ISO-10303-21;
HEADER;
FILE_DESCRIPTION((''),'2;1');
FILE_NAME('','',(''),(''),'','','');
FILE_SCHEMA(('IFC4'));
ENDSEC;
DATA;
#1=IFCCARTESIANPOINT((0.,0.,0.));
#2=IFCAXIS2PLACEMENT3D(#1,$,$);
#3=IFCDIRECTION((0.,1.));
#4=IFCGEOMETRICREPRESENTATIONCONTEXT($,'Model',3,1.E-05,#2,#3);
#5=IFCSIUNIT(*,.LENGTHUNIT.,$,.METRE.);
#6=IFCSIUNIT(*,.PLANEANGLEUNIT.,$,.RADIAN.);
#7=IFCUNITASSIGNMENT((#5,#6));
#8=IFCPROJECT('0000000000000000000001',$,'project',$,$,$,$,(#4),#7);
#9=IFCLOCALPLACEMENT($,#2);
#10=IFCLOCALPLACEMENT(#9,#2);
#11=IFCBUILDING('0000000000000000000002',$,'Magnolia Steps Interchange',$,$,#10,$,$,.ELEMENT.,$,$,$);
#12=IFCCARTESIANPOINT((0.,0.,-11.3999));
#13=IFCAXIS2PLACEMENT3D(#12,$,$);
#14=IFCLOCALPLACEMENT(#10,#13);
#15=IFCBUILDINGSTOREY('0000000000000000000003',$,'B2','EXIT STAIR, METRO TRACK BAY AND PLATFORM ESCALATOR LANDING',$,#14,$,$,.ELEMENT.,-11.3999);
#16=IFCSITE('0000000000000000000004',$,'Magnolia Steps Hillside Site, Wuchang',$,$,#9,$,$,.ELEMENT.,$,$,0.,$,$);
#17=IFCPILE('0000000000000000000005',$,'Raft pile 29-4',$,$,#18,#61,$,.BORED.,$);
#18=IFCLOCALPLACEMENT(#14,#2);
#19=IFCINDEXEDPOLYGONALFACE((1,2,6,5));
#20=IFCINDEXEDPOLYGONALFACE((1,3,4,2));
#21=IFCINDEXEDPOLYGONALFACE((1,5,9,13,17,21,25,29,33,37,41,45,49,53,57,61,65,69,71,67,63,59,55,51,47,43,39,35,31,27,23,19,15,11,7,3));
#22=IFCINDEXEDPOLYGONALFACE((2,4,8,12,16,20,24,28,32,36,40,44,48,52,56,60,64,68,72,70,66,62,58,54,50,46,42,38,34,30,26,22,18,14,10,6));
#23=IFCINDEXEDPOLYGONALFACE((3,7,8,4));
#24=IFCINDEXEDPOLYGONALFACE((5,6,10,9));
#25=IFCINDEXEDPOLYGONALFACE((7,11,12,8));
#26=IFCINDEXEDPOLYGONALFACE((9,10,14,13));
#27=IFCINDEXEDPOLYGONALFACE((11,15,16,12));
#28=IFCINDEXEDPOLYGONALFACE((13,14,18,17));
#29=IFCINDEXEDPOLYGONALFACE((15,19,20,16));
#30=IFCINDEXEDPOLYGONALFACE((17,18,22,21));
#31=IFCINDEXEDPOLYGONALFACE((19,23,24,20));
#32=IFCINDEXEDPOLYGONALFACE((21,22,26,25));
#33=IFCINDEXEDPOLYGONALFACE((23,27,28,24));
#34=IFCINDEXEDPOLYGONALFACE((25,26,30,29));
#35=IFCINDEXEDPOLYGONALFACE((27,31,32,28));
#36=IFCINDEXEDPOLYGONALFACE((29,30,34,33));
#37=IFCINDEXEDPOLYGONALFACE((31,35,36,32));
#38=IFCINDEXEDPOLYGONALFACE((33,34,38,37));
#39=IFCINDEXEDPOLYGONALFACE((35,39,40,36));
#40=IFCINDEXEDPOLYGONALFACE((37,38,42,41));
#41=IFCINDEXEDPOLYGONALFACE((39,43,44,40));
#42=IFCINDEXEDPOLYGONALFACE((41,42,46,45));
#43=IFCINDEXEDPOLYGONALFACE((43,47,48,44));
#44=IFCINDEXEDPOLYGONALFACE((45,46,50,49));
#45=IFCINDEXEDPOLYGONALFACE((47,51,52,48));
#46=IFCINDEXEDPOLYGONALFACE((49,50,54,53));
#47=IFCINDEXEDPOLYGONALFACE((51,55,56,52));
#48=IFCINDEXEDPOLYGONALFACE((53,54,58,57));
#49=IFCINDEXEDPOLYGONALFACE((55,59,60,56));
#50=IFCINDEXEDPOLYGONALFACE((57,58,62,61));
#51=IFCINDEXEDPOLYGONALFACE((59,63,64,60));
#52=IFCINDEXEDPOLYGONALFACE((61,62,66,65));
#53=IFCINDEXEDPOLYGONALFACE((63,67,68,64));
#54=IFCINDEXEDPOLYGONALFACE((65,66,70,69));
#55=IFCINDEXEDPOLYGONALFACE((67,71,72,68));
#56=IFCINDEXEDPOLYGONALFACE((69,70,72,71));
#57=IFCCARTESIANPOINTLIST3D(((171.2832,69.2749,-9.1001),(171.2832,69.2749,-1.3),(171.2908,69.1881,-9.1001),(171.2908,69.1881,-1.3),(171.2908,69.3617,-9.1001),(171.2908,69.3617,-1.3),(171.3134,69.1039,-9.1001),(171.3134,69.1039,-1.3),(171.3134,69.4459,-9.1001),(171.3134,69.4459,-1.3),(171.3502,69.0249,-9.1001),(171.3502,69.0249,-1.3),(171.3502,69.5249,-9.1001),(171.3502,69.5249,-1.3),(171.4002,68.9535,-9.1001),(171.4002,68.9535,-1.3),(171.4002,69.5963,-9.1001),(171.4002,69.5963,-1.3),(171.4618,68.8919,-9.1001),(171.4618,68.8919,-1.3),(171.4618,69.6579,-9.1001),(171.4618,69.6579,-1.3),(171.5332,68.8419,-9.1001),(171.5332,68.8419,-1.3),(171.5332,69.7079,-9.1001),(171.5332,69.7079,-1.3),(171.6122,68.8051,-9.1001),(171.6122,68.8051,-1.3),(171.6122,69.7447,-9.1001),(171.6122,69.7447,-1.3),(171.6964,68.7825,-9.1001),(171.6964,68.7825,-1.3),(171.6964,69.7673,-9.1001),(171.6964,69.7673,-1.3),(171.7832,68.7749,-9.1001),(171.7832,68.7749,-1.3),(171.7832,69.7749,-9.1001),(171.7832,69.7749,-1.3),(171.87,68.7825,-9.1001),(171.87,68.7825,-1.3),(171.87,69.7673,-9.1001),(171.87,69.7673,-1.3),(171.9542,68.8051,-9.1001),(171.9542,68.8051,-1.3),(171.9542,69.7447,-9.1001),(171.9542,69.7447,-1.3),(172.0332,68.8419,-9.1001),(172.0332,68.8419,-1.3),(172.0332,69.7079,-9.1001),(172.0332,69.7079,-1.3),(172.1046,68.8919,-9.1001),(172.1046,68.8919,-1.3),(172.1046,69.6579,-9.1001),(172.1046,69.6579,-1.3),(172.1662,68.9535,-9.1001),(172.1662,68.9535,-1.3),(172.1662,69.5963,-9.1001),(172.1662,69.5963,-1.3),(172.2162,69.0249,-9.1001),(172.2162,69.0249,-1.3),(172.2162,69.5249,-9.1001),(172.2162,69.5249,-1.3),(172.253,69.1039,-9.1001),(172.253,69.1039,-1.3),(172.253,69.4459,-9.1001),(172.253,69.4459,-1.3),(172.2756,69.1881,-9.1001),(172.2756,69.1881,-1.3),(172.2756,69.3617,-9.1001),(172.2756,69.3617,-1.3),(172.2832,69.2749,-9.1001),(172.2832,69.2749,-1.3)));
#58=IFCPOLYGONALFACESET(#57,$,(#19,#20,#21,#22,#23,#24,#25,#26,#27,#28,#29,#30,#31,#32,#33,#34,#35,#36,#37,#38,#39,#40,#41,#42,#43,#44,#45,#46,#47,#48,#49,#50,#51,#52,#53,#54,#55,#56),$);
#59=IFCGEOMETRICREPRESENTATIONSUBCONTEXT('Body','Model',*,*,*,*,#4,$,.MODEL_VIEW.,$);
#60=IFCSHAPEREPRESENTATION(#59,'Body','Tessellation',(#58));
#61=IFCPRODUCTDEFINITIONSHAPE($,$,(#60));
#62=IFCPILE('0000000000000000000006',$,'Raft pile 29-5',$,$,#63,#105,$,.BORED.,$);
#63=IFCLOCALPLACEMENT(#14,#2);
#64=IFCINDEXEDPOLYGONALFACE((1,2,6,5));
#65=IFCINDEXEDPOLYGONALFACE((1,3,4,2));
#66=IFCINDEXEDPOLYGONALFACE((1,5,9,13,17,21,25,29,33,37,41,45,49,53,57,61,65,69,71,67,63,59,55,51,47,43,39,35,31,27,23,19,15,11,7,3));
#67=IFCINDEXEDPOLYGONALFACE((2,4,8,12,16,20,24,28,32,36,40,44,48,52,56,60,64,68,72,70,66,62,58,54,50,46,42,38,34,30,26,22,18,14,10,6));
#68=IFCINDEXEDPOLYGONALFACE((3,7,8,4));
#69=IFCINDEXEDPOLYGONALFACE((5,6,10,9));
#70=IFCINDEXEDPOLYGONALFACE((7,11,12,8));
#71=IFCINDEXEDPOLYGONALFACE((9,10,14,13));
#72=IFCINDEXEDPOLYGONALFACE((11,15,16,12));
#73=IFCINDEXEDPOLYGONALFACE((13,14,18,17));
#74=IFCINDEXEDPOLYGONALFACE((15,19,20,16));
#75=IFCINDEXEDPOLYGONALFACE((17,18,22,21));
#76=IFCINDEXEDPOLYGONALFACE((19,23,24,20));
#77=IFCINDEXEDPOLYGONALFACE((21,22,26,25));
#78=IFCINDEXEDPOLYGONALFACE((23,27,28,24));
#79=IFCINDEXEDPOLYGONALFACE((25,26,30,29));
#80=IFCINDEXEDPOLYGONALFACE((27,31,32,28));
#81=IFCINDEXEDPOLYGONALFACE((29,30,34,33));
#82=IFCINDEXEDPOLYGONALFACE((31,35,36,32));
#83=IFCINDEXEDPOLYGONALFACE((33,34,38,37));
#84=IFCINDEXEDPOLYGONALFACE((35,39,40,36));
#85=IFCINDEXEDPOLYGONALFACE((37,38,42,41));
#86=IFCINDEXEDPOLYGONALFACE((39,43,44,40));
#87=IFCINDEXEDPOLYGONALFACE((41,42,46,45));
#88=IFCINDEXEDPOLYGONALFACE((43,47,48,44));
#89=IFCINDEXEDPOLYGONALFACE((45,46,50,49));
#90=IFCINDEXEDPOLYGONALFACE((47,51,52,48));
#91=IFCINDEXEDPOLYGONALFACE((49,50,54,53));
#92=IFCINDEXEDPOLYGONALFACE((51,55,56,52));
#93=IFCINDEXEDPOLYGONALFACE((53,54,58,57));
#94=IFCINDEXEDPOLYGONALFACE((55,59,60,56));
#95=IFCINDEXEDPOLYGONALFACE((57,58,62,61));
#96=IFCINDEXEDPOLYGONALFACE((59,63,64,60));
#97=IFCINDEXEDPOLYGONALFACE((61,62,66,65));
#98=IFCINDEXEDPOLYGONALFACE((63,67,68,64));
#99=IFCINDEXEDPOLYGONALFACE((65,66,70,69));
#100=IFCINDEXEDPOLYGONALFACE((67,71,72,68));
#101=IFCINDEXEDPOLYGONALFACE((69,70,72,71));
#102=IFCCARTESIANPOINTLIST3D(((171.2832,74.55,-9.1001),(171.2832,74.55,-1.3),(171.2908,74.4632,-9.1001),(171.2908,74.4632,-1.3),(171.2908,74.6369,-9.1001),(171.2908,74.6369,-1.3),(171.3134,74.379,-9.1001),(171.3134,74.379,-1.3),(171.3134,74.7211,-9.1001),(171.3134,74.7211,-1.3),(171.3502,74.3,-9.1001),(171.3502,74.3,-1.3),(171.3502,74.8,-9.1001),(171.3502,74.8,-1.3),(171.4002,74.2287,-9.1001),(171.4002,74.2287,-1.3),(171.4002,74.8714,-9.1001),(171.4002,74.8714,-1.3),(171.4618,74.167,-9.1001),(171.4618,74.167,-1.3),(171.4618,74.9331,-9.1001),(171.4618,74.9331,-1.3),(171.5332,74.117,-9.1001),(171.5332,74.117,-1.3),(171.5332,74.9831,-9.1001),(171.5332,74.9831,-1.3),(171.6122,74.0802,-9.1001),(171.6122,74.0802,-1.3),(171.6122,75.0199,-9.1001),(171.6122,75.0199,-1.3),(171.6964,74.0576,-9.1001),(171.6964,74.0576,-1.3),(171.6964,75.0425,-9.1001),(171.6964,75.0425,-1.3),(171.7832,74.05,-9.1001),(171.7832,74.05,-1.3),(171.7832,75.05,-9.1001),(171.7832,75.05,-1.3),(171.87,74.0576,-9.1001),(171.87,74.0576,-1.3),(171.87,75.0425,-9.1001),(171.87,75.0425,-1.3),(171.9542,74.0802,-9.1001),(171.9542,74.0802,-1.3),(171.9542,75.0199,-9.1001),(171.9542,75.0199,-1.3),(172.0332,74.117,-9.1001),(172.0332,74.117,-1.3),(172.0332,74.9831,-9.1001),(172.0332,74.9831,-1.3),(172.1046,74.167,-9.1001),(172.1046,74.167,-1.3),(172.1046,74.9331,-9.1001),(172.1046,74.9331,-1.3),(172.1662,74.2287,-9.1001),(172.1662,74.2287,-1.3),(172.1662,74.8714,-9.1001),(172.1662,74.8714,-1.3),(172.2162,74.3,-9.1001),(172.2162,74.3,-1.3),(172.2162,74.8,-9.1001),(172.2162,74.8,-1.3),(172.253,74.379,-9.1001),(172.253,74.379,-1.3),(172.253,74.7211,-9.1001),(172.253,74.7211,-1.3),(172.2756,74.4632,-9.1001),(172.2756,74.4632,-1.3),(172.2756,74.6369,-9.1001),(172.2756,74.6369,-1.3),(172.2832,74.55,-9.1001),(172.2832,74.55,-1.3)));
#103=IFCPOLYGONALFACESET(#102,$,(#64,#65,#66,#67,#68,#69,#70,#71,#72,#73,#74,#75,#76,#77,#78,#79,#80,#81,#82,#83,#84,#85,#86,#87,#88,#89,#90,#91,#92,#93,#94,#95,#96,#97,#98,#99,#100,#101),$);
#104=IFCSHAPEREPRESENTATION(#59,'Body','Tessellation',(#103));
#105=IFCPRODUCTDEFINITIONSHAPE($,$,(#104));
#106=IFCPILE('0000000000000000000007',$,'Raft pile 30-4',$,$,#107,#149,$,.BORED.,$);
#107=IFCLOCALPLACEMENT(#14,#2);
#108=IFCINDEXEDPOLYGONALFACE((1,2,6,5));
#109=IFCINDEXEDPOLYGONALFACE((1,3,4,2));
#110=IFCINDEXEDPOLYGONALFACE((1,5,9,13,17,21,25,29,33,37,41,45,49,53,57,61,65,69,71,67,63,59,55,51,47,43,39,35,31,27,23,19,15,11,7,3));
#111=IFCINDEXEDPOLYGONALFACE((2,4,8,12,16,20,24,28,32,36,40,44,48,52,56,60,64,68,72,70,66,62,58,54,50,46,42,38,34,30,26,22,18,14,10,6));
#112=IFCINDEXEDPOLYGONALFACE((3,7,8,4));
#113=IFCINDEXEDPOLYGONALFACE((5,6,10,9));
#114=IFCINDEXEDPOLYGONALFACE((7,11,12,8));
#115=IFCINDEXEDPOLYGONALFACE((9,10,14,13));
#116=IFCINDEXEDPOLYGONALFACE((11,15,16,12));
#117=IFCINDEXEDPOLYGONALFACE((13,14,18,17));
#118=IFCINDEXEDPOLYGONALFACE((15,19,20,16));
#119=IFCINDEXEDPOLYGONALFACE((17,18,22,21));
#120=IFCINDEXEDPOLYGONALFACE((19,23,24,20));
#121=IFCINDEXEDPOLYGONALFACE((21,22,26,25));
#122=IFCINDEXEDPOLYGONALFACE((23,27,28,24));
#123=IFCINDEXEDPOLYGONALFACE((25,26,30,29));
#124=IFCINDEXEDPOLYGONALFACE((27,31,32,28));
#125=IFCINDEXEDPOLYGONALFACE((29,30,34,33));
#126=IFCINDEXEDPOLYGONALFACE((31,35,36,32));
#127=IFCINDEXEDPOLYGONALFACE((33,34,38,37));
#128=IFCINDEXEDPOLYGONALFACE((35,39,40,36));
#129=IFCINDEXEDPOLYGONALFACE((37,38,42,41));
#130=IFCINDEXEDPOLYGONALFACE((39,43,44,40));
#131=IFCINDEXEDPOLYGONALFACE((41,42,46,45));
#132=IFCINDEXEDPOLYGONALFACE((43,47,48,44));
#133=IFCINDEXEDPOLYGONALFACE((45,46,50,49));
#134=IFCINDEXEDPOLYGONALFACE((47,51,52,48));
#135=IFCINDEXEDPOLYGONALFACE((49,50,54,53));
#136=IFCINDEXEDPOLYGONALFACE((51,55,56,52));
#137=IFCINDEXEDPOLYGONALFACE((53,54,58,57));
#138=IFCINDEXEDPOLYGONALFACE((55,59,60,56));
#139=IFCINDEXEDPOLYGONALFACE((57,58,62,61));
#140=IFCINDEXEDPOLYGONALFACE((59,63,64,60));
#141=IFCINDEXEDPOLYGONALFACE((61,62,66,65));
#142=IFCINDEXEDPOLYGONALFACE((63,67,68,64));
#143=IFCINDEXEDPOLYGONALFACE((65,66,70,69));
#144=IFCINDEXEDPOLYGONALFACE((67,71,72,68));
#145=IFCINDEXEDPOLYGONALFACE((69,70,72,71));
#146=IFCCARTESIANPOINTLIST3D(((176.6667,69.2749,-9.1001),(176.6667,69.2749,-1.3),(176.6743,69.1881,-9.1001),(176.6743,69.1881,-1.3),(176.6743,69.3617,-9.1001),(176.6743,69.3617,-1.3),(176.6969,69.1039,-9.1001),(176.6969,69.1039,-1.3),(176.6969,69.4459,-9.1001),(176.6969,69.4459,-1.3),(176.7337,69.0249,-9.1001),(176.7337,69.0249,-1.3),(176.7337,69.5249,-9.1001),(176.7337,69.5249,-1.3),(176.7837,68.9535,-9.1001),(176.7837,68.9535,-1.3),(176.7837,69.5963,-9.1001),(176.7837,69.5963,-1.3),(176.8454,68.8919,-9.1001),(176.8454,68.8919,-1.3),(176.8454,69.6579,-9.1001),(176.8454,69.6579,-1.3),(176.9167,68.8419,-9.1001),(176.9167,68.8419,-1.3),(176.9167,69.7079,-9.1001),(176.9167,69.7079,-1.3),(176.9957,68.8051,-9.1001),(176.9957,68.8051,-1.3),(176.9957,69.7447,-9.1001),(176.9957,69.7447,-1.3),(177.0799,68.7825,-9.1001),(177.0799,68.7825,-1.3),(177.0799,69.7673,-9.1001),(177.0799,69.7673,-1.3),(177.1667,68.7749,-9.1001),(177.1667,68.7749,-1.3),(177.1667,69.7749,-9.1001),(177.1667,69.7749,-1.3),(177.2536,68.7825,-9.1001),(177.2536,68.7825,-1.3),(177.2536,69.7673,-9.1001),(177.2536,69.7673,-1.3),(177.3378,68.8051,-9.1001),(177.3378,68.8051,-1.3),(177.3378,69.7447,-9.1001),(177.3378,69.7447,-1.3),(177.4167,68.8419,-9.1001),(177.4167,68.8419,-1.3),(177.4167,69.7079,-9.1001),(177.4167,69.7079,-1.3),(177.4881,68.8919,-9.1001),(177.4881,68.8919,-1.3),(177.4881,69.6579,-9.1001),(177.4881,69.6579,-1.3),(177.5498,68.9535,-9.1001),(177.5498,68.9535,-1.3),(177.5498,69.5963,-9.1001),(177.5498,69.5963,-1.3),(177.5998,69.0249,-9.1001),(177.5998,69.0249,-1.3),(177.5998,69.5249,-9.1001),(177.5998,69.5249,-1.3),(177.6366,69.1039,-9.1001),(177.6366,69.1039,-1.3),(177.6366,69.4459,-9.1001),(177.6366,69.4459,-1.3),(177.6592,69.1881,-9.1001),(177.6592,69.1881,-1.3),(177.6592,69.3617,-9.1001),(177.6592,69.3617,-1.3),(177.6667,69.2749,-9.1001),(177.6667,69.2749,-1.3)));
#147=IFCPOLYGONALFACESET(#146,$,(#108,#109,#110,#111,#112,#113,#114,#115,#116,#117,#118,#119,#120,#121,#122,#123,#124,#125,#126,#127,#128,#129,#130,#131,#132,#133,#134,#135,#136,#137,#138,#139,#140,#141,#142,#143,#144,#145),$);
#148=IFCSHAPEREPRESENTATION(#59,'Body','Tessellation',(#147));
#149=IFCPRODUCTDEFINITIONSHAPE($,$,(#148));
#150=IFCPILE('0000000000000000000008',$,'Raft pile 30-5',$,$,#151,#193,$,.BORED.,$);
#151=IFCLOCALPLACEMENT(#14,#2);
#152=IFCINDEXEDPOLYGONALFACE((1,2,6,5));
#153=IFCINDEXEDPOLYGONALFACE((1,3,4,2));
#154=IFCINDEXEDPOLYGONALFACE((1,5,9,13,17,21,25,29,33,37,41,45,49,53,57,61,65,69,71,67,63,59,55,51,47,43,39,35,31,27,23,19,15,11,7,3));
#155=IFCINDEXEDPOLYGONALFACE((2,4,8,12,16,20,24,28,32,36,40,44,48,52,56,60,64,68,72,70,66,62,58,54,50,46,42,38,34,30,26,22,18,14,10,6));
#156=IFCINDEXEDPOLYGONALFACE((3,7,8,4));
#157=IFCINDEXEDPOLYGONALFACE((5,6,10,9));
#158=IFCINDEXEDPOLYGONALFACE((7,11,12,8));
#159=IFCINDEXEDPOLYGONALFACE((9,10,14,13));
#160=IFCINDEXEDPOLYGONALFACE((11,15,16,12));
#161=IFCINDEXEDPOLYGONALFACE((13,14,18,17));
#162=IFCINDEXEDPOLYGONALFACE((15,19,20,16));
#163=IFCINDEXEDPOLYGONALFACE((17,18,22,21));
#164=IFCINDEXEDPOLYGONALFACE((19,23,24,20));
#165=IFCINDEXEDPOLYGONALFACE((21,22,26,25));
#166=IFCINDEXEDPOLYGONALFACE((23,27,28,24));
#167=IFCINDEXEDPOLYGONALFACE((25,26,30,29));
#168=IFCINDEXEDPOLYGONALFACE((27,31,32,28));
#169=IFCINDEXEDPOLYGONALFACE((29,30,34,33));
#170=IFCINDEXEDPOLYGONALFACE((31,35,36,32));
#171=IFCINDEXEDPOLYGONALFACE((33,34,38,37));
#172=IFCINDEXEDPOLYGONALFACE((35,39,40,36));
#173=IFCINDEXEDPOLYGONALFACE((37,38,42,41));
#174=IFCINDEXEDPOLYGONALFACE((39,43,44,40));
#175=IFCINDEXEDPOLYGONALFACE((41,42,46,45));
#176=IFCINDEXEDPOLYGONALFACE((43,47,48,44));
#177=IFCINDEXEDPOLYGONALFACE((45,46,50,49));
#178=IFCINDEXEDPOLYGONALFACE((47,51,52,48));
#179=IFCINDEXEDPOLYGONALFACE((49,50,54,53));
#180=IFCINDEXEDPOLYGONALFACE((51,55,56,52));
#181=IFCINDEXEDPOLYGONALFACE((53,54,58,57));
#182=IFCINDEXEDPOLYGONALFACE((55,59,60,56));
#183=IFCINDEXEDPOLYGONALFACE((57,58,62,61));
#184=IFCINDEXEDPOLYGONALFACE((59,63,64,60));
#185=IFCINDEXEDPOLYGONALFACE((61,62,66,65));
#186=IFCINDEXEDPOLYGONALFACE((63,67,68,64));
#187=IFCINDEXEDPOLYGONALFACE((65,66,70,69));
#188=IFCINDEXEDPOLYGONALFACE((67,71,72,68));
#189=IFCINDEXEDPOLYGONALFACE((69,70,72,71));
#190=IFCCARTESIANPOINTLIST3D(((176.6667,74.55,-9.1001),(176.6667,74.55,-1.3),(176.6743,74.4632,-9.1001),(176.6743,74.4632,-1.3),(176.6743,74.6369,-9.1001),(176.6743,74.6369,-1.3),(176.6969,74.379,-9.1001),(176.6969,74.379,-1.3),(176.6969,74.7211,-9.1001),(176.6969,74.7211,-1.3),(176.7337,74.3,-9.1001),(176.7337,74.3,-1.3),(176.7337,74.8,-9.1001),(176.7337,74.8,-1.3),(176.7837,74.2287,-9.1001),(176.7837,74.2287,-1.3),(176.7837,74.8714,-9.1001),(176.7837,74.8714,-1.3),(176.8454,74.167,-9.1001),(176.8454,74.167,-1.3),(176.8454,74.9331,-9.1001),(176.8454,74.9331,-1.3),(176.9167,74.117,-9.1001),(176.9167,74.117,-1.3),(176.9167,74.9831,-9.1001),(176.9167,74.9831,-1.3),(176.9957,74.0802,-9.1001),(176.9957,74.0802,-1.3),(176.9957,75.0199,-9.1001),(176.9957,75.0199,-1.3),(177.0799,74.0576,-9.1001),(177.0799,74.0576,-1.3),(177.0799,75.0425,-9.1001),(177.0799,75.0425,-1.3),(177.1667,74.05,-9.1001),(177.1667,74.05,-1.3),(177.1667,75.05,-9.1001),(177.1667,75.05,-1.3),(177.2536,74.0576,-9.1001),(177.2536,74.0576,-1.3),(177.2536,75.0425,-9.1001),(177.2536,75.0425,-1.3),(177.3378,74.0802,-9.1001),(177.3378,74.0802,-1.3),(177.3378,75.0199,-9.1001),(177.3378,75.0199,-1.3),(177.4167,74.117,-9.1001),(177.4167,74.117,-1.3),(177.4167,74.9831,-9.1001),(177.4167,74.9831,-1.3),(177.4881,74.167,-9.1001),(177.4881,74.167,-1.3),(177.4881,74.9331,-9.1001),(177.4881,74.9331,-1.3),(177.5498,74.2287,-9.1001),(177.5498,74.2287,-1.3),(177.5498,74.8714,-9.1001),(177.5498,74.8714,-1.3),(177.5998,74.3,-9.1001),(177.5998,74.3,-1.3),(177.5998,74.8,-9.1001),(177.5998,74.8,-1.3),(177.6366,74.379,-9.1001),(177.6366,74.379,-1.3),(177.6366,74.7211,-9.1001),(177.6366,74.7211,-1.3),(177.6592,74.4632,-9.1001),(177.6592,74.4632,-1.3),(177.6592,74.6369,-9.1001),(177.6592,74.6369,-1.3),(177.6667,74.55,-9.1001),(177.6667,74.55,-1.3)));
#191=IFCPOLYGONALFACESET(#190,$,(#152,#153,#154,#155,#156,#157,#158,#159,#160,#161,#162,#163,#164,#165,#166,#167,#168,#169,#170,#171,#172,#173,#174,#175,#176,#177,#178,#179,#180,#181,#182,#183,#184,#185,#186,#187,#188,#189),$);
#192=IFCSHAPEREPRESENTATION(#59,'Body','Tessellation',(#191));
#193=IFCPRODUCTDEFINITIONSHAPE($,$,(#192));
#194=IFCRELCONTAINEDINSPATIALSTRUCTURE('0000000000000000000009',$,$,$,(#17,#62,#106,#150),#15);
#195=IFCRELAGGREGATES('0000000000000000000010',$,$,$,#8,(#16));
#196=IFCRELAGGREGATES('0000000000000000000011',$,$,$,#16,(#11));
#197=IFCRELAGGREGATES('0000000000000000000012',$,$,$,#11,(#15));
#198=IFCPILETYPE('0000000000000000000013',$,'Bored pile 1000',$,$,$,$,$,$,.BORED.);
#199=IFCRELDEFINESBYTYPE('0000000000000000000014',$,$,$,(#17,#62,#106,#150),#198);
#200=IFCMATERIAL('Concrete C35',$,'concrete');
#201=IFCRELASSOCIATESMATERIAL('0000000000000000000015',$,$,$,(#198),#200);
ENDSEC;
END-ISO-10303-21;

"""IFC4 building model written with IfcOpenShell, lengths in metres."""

from ifc_helpers import new_model, si_unit, direction, frame, origin, origin_2d, place, context, subcontext, project, spatial, circle, extrude, material, material_profile, profile_set, type_object, element, save


model = new_model("IFC4")

# Units and contexts
model_context = context("Model", 3, precision=1e-05, world=origin(), true_north=direction((0.0, 1.0)))
body_context = subcontext(model_context, "Body", "Model", "MODEL_VIEW")
ifc_project = project(units=[si_unit("LENGTHUNIT", "METRE"), si_unit("PLANEANGLEUNIT", "RADIAN")], contexts=[model_context])

# Site, building, storey
site_placement = place(None, origin())
site = spatial("IfcSite", under=ifc_project, at=site_placement, Name="Magnolia Steps Hillside Site, Wuchang", CompositionType="ELEMENT", RefElevation=0.0)
building_placement = place(site_placement, origin())
building = spatial("IfcBuilding", under=site, at=building_placement, Name="Magnolia Steps Interchange", CompositionType="ELEMENT")
storey_placement = place(building_placement, frame((0.0, 0.0, -11.3999)))
storey = spatial("IfcBuildingStorey", under=building, at=storey_placement, Name="B2", Description="EXIT STAIR, METRO TRACK BAY AND PLATFORM ESCALATOR LANDING", CompositionType="ELEMENT", Elevation=-11.3999)

# Piles
ifc_material_1 = material(Name="Concrete C35", Category="concrete")
ifc_material_profile = material_profile(ifc_material_1, circle(Radius=0.5, at=origin_2d()), Name="Bored pile 1000")
ifc_profile_set = profile_set([ifc_material_profile], Name="Concrete C35")
pile_type = type_object("IfcPileType", Name="Bored pile 1000", PredefinedType="BORED", material=ifc_profile_set)
for number, where, z_axis, x_axis, name in (
    (1, (171.7832, 69.2749, -1.3), (0.0, 0.0, -1.0), (1.0, 0.0, 0.0), "Raft pile 29-4"),
    (2, (171.7832, 74.55, -1.3), (0.0, 0.0, -1.0), (1.0, 0.0, 0.0), "Raft pile 29-5"),
    (3, (177.1667, 69.2749, -1.3), (0.0, 0.0, -1.0), (1.0, 0.0, 0.0), "Raft pile 30-4"),
    (4, (177.1667, 74.55, -1.3), (0.0, 0.0, -1.0), (1.0, 0.0, 0.0), "Raft pile 30-5"),
):
    element("IfcPile", number, at=place(storey_placement, frame(where, z_axis=z_axis, x_axis=x_axis)), inside=storey, type_object=pile_type, Name=name, PredefinedType="BORED", context=body_context, shape_type="SweptSolid", body=[
        extrude(circle(Radius=0.5, at=origin_2d()), origin(), (0.0, 0.0, 1.0), 7.8),
    ])

save(model, "model.ifc")
